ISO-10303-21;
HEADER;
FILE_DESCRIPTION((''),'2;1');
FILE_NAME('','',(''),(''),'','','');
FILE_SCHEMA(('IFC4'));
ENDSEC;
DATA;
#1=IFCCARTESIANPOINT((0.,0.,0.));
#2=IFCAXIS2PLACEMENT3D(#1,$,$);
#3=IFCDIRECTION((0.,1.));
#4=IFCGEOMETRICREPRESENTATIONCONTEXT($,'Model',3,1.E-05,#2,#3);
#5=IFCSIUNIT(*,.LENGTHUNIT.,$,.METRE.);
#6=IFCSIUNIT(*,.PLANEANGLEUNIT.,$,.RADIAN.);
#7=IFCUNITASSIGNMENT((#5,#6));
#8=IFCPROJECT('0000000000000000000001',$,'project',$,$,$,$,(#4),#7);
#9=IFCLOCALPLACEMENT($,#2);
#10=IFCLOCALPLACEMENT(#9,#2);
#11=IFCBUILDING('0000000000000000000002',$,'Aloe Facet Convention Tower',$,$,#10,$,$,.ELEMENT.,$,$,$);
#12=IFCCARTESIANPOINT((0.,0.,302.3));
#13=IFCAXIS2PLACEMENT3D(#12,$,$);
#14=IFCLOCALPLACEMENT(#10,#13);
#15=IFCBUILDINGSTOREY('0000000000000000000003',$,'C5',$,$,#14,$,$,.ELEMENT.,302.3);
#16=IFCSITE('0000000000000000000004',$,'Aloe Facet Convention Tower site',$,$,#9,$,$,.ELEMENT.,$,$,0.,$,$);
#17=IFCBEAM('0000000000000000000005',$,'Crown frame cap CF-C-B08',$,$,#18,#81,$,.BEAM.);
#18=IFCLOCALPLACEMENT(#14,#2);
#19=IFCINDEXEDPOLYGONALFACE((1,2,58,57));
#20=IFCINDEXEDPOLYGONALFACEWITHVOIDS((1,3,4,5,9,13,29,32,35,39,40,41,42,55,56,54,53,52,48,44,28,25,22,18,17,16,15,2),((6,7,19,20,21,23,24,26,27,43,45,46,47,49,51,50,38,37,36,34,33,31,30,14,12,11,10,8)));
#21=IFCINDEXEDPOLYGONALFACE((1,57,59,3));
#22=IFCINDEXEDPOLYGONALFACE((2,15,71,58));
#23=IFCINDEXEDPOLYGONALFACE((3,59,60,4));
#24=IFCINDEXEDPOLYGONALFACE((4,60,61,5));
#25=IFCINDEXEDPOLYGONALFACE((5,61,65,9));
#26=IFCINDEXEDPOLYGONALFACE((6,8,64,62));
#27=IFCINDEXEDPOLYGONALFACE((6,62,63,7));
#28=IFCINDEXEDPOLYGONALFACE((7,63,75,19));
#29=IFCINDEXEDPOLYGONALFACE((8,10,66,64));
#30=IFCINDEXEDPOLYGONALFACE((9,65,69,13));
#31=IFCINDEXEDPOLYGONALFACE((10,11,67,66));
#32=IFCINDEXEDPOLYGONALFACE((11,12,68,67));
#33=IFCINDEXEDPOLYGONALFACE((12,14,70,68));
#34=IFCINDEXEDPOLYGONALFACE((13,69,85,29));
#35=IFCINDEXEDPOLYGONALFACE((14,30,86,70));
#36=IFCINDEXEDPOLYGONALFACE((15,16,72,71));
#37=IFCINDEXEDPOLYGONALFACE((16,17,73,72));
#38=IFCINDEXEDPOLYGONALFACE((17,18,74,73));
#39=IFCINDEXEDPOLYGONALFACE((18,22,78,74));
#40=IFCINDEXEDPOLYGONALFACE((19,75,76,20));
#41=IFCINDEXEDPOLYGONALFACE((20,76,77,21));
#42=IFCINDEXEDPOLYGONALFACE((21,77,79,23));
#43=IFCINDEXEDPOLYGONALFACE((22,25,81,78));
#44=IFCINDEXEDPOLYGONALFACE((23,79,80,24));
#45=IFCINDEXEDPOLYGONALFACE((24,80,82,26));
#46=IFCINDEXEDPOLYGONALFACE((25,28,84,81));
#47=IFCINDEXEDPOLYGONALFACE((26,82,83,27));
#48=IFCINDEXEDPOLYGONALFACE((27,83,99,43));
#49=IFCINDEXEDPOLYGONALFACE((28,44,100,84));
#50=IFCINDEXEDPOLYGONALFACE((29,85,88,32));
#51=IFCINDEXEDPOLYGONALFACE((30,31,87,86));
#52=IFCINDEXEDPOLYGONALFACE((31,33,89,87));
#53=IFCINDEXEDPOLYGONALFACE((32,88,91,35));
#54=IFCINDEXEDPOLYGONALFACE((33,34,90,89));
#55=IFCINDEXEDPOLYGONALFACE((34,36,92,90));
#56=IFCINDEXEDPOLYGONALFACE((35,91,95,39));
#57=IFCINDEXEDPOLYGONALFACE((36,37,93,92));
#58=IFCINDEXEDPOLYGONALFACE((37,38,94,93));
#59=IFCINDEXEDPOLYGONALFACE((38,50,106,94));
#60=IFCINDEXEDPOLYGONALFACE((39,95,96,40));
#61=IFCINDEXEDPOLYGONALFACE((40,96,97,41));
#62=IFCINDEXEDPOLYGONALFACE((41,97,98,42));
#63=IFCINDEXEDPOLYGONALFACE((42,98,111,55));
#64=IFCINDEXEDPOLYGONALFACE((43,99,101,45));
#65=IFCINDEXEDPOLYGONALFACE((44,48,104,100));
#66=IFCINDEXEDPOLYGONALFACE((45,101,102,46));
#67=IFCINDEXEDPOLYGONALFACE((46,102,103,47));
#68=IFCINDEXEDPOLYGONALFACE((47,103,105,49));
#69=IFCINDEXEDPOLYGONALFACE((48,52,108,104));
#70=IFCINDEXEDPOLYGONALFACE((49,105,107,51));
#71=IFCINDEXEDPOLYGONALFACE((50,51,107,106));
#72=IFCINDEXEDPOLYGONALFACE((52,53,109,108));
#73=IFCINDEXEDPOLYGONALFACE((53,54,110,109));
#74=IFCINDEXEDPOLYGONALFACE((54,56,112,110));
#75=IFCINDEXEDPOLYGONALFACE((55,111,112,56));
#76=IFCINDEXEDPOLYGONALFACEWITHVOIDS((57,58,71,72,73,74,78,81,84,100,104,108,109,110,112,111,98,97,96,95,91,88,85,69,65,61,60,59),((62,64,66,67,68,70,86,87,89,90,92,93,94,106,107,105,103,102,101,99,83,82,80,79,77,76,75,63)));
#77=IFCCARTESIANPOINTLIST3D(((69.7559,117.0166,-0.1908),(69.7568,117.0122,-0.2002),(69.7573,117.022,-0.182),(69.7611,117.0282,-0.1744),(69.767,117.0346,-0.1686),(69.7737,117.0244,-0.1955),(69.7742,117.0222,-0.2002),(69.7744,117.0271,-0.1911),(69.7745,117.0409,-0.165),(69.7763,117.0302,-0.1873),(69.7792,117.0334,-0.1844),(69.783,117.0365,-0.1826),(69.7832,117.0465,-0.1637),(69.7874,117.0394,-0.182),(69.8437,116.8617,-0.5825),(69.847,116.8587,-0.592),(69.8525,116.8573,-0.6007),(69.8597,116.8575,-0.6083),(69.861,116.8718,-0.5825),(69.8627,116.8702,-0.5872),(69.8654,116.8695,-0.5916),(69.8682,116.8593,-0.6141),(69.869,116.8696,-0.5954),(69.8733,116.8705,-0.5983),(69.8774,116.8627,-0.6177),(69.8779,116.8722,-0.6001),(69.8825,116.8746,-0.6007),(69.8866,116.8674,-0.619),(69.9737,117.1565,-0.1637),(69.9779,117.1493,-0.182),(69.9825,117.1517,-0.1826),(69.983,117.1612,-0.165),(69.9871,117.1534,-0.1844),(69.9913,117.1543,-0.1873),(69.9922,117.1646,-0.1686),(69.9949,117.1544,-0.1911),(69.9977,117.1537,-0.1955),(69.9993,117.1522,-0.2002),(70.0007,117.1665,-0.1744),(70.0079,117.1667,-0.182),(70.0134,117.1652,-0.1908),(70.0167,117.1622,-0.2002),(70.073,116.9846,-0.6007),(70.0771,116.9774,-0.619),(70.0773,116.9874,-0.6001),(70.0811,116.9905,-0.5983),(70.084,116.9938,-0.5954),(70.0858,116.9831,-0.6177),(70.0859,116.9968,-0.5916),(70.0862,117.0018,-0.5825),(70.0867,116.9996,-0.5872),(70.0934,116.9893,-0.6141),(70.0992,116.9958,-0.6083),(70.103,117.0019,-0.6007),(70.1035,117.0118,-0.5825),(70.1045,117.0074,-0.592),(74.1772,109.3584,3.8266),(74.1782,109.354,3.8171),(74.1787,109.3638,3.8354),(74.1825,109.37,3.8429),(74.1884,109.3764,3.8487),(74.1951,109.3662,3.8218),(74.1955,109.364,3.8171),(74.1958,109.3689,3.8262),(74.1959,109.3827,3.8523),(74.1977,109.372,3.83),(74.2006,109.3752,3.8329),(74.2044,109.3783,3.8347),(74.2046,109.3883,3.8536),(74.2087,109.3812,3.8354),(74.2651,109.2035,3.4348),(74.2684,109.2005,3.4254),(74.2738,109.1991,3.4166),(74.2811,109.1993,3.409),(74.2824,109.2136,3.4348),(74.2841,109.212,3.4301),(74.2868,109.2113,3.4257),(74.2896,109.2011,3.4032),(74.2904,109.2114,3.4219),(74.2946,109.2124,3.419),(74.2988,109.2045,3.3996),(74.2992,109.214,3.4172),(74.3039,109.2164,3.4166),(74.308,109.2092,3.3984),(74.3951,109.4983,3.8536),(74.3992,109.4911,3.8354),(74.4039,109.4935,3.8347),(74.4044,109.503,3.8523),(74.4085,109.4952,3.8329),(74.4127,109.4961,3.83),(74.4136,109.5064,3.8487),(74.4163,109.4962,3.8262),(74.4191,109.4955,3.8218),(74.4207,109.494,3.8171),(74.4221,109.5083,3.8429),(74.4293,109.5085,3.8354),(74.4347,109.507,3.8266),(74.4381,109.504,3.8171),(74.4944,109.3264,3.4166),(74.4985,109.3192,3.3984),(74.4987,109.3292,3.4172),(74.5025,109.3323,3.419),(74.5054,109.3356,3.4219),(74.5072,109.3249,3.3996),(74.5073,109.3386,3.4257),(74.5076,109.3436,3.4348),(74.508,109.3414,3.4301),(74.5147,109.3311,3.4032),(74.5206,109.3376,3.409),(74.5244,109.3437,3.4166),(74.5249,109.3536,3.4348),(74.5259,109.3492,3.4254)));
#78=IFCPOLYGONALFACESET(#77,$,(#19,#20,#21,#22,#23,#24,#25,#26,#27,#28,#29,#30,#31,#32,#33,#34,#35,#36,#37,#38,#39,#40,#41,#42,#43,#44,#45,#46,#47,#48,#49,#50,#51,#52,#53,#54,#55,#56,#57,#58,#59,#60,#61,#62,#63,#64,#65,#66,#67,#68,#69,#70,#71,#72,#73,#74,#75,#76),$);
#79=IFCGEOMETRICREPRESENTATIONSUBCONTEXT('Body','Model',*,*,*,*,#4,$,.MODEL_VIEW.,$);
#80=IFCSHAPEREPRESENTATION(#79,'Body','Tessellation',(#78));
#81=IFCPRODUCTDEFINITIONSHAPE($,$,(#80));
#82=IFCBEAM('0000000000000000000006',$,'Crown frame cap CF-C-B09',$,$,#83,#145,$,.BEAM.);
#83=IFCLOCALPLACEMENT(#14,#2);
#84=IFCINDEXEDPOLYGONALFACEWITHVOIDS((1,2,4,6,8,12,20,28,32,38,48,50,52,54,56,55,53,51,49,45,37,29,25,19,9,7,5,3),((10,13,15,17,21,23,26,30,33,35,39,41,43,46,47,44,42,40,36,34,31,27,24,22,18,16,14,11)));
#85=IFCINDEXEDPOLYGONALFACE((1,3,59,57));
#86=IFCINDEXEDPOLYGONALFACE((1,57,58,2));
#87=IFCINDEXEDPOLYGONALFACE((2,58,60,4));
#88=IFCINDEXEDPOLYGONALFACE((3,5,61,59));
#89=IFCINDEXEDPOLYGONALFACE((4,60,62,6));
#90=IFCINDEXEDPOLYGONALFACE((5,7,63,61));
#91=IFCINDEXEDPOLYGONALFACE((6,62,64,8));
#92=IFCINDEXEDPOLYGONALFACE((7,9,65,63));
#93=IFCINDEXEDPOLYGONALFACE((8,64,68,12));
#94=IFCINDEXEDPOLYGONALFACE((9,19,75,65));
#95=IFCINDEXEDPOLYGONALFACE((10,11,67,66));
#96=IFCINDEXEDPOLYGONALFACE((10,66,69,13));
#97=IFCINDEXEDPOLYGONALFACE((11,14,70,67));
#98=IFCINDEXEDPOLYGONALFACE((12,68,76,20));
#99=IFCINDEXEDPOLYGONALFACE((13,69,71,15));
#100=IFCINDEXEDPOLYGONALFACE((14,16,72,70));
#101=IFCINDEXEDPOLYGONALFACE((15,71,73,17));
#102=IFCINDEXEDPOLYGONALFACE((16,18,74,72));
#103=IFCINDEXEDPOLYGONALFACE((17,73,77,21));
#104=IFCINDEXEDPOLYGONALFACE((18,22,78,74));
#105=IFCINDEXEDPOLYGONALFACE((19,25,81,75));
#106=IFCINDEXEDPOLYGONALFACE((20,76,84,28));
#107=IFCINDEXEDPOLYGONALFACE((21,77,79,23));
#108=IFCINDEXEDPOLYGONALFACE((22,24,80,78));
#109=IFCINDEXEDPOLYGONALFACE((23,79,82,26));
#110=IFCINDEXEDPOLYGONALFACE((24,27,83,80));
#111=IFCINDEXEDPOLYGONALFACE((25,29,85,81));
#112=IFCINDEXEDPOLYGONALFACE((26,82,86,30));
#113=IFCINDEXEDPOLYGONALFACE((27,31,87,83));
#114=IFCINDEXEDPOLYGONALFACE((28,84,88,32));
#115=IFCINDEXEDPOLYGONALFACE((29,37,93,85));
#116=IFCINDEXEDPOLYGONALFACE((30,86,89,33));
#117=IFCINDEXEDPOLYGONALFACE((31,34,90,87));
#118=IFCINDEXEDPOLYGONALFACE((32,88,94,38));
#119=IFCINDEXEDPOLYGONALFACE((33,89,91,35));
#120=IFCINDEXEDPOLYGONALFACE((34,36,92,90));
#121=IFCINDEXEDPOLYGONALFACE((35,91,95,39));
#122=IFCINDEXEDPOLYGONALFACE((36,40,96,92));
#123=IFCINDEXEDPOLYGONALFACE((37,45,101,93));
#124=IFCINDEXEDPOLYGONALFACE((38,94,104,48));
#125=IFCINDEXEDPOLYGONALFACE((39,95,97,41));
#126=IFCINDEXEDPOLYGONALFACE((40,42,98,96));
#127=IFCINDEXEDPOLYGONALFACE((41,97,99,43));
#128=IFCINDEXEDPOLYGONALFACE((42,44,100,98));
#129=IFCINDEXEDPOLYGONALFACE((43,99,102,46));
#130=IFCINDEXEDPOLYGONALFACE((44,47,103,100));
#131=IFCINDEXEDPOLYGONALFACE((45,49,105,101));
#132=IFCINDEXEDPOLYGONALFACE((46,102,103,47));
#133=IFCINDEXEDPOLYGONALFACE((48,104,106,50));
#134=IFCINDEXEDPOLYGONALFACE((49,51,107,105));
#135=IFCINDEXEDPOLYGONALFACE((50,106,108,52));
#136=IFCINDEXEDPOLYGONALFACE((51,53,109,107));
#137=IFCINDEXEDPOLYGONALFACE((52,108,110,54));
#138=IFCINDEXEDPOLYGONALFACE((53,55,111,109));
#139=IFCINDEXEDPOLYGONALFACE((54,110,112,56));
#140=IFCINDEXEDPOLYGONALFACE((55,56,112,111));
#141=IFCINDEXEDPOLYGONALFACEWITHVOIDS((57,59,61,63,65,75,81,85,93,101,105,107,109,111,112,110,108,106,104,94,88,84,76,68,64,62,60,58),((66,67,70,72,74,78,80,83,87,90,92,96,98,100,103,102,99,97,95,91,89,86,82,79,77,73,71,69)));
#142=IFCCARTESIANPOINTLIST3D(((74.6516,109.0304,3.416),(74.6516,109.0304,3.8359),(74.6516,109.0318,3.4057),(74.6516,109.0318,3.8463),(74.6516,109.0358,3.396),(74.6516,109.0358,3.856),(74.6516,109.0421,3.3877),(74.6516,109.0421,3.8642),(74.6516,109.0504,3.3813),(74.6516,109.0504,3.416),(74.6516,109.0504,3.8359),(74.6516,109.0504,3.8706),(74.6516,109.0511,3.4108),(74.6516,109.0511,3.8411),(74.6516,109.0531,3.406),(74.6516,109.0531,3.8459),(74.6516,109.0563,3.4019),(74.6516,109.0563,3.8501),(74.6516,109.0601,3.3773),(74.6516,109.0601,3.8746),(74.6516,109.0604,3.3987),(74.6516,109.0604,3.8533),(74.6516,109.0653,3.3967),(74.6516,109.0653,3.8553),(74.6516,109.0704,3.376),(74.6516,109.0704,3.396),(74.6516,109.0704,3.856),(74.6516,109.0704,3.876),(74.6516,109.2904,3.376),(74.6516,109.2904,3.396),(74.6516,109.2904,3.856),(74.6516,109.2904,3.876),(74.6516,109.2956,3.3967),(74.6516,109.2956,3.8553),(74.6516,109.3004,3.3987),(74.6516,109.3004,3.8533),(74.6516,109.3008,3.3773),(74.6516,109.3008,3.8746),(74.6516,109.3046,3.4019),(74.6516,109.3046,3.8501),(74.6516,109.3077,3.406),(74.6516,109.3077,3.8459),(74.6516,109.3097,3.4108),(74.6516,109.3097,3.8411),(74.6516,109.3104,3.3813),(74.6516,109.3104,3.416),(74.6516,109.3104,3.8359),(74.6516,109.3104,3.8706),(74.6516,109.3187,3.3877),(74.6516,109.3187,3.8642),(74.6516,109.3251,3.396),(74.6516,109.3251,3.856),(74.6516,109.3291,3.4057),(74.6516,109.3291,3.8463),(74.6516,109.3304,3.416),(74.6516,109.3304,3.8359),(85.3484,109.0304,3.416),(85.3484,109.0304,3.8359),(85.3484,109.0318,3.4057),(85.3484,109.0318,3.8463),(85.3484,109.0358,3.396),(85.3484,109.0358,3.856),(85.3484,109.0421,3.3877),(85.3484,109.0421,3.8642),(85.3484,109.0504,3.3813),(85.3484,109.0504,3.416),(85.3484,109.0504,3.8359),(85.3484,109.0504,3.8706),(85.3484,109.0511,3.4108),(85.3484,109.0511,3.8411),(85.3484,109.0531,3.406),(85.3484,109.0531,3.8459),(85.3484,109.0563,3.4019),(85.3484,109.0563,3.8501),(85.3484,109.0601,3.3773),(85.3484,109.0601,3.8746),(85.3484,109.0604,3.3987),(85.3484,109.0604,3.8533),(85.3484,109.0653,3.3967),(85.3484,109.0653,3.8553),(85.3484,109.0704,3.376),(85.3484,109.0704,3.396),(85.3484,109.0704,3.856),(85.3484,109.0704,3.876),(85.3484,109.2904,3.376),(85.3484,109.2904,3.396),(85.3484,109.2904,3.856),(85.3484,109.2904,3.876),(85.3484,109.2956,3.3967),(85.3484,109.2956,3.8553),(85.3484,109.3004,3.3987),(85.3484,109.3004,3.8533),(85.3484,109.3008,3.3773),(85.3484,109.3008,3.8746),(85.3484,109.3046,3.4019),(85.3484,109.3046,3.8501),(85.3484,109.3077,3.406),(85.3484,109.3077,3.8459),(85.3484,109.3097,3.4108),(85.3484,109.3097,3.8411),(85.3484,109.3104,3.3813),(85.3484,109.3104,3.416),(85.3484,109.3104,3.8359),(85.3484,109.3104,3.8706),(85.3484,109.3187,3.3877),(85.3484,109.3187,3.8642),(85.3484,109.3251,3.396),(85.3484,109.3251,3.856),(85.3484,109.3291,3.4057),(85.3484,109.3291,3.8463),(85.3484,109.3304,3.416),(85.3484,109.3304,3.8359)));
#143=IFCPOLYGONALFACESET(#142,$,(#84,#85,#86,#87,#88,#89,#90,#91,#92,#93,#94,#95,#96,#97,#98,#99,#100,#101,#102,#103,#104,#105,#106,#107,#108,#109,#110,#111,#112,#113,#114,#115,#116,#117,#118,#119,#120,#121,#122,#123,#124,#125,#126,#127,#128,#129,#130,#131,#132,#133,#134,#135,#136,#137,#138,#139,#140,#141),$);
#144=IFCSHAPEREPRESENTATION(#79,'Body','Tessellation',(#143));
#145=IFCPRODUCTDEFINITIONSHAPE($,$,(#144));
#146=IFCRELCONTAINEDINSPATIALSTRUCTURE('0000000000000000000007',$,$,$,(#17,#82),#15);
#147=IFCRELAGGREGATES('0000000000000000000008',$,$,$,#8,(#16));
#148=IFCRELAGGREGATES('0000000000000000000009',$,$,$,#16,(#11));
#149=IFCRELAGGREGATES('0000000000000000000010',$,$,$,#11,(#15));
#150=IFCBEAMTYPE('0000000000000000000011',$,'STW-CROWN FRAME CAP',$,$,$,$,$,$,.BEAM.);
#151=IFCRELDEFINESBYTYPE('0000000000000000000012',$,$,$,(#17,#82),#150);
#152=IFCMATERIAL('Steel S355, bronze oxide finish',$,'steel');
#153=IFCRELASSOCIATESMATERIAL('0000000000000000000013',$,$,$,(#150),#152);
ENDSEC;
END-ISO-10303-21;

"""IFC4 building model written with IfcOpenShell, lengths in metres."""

from ifc_helpers import new_model, si_unit, direction, frame, origin, origin_2d, place, context, subcontext, project, spatial, hollow_rectangle, extrude, material, material_profile, profile_set, type_object, element, save


model = new_model("IFC4")

# Units and contexts
model_context = context("Model", 3, precision=1e-05, world=origin(), true_north=direction((0.0, 1.0)))
body_context = subcontext(model_context, "Body", "Model", "MODEL_VIEW")
ifc_project = project(units=[si_unit("LENGTHUNIT", "METRE"), si_unit("PLANEANGLEUNIT", "RADIAN")], contexts=[model_context])

# Site, building, storey
site_placement = place(None, origin())
site = spatial("IfcSite", under=ifc_project, at=site_placement, Name="Aloe Facet Convention Tower site", CompositionType="ELEMENT", RefElevation=0.0)
building_placement = place(site_placement, origin())
building = spatial("IfcBuilding", under=site, at=building_placement, Name="Aloe Facet Convention Tower", CompositionType="ELEMENT")
storey_placement = place(building_placement, frame((0.0, 0.0, 302.3)))
storey = spatial("IfcBuildingStorey", under=building, at=storey_placement, Name="C5", CompositionType="ELEMENT", Elevation=302.3)

# Beams
ifc_material_1 = material(Name="Steel S355, bronze oxide finish", Category="steel")
ifc_material_profile_1 = material_profile(ifc_material_1, hollow_rectangle(XDim=0.3, YDim=0.5, WallThickness=0.02, InnerFilletRadius=0.02, OuterFilletRadius=0.04, at=origin_2d()), Name="RHS 500x300x20")
ifc_profile_set_1 = profile_set([ifc_material_profile_1], Name="Steel S355, bronze oxide finish")
beam_type = type_object("IfcBeamType", Name="STW-CROWN FRAME CAP", PredefinedType="BEAM", material=ifc_profile_set_1)
beam_1_placement = place(storey_placement, frame((69.9302, 117.012, -0.3914), z_axis=(0.455219, -0.788477, 0.413618), x_axis=(0.866029, 0.499993, 0.0)))
element("IfcBeam", 1, at=beam_1_placement, inside=storey, type_object=beam_type, Name="Crown frame cap CF-C-B08", PredefinedType="BEAM", context=body_context, shape_type="SweptSolid", body=[
    extrude(hollow_rectangle(XDim=0.3, YDim=0.5, WallThickness=0.02, InnerFilletRadius=0.02, OuterFilletRadius=0.04, at=origin_2d()), origin(), (0.0, 0.0, 1.0), 9.7126),
])
beam_2_placement = place(storey_placement, frame((74.6516, 109.1804, 3.626), z_axis=(1.0, 0.0, 0.0), x_axis=(0.0, 1.0, 0.0)))
element("IfcBeam", 2, at=beam_2_placement, inside=storey, type_object=beam_type, Name="Crown frame cap CF-C-B09", PredefinedType="BEAM", context=body_context, shape_type="SweptSolid", body=[
    extrude(hollow_rectangle(XDim=0.3, YDim=0.5, WallThickness=0.02, InnerFilletRadius=0.02, OuterFilletRadius=0.04, at=origin_2d()), origin(), (0.0, 0.0, 1.0), 10.6968),
])

save(model, "model.ifc")
